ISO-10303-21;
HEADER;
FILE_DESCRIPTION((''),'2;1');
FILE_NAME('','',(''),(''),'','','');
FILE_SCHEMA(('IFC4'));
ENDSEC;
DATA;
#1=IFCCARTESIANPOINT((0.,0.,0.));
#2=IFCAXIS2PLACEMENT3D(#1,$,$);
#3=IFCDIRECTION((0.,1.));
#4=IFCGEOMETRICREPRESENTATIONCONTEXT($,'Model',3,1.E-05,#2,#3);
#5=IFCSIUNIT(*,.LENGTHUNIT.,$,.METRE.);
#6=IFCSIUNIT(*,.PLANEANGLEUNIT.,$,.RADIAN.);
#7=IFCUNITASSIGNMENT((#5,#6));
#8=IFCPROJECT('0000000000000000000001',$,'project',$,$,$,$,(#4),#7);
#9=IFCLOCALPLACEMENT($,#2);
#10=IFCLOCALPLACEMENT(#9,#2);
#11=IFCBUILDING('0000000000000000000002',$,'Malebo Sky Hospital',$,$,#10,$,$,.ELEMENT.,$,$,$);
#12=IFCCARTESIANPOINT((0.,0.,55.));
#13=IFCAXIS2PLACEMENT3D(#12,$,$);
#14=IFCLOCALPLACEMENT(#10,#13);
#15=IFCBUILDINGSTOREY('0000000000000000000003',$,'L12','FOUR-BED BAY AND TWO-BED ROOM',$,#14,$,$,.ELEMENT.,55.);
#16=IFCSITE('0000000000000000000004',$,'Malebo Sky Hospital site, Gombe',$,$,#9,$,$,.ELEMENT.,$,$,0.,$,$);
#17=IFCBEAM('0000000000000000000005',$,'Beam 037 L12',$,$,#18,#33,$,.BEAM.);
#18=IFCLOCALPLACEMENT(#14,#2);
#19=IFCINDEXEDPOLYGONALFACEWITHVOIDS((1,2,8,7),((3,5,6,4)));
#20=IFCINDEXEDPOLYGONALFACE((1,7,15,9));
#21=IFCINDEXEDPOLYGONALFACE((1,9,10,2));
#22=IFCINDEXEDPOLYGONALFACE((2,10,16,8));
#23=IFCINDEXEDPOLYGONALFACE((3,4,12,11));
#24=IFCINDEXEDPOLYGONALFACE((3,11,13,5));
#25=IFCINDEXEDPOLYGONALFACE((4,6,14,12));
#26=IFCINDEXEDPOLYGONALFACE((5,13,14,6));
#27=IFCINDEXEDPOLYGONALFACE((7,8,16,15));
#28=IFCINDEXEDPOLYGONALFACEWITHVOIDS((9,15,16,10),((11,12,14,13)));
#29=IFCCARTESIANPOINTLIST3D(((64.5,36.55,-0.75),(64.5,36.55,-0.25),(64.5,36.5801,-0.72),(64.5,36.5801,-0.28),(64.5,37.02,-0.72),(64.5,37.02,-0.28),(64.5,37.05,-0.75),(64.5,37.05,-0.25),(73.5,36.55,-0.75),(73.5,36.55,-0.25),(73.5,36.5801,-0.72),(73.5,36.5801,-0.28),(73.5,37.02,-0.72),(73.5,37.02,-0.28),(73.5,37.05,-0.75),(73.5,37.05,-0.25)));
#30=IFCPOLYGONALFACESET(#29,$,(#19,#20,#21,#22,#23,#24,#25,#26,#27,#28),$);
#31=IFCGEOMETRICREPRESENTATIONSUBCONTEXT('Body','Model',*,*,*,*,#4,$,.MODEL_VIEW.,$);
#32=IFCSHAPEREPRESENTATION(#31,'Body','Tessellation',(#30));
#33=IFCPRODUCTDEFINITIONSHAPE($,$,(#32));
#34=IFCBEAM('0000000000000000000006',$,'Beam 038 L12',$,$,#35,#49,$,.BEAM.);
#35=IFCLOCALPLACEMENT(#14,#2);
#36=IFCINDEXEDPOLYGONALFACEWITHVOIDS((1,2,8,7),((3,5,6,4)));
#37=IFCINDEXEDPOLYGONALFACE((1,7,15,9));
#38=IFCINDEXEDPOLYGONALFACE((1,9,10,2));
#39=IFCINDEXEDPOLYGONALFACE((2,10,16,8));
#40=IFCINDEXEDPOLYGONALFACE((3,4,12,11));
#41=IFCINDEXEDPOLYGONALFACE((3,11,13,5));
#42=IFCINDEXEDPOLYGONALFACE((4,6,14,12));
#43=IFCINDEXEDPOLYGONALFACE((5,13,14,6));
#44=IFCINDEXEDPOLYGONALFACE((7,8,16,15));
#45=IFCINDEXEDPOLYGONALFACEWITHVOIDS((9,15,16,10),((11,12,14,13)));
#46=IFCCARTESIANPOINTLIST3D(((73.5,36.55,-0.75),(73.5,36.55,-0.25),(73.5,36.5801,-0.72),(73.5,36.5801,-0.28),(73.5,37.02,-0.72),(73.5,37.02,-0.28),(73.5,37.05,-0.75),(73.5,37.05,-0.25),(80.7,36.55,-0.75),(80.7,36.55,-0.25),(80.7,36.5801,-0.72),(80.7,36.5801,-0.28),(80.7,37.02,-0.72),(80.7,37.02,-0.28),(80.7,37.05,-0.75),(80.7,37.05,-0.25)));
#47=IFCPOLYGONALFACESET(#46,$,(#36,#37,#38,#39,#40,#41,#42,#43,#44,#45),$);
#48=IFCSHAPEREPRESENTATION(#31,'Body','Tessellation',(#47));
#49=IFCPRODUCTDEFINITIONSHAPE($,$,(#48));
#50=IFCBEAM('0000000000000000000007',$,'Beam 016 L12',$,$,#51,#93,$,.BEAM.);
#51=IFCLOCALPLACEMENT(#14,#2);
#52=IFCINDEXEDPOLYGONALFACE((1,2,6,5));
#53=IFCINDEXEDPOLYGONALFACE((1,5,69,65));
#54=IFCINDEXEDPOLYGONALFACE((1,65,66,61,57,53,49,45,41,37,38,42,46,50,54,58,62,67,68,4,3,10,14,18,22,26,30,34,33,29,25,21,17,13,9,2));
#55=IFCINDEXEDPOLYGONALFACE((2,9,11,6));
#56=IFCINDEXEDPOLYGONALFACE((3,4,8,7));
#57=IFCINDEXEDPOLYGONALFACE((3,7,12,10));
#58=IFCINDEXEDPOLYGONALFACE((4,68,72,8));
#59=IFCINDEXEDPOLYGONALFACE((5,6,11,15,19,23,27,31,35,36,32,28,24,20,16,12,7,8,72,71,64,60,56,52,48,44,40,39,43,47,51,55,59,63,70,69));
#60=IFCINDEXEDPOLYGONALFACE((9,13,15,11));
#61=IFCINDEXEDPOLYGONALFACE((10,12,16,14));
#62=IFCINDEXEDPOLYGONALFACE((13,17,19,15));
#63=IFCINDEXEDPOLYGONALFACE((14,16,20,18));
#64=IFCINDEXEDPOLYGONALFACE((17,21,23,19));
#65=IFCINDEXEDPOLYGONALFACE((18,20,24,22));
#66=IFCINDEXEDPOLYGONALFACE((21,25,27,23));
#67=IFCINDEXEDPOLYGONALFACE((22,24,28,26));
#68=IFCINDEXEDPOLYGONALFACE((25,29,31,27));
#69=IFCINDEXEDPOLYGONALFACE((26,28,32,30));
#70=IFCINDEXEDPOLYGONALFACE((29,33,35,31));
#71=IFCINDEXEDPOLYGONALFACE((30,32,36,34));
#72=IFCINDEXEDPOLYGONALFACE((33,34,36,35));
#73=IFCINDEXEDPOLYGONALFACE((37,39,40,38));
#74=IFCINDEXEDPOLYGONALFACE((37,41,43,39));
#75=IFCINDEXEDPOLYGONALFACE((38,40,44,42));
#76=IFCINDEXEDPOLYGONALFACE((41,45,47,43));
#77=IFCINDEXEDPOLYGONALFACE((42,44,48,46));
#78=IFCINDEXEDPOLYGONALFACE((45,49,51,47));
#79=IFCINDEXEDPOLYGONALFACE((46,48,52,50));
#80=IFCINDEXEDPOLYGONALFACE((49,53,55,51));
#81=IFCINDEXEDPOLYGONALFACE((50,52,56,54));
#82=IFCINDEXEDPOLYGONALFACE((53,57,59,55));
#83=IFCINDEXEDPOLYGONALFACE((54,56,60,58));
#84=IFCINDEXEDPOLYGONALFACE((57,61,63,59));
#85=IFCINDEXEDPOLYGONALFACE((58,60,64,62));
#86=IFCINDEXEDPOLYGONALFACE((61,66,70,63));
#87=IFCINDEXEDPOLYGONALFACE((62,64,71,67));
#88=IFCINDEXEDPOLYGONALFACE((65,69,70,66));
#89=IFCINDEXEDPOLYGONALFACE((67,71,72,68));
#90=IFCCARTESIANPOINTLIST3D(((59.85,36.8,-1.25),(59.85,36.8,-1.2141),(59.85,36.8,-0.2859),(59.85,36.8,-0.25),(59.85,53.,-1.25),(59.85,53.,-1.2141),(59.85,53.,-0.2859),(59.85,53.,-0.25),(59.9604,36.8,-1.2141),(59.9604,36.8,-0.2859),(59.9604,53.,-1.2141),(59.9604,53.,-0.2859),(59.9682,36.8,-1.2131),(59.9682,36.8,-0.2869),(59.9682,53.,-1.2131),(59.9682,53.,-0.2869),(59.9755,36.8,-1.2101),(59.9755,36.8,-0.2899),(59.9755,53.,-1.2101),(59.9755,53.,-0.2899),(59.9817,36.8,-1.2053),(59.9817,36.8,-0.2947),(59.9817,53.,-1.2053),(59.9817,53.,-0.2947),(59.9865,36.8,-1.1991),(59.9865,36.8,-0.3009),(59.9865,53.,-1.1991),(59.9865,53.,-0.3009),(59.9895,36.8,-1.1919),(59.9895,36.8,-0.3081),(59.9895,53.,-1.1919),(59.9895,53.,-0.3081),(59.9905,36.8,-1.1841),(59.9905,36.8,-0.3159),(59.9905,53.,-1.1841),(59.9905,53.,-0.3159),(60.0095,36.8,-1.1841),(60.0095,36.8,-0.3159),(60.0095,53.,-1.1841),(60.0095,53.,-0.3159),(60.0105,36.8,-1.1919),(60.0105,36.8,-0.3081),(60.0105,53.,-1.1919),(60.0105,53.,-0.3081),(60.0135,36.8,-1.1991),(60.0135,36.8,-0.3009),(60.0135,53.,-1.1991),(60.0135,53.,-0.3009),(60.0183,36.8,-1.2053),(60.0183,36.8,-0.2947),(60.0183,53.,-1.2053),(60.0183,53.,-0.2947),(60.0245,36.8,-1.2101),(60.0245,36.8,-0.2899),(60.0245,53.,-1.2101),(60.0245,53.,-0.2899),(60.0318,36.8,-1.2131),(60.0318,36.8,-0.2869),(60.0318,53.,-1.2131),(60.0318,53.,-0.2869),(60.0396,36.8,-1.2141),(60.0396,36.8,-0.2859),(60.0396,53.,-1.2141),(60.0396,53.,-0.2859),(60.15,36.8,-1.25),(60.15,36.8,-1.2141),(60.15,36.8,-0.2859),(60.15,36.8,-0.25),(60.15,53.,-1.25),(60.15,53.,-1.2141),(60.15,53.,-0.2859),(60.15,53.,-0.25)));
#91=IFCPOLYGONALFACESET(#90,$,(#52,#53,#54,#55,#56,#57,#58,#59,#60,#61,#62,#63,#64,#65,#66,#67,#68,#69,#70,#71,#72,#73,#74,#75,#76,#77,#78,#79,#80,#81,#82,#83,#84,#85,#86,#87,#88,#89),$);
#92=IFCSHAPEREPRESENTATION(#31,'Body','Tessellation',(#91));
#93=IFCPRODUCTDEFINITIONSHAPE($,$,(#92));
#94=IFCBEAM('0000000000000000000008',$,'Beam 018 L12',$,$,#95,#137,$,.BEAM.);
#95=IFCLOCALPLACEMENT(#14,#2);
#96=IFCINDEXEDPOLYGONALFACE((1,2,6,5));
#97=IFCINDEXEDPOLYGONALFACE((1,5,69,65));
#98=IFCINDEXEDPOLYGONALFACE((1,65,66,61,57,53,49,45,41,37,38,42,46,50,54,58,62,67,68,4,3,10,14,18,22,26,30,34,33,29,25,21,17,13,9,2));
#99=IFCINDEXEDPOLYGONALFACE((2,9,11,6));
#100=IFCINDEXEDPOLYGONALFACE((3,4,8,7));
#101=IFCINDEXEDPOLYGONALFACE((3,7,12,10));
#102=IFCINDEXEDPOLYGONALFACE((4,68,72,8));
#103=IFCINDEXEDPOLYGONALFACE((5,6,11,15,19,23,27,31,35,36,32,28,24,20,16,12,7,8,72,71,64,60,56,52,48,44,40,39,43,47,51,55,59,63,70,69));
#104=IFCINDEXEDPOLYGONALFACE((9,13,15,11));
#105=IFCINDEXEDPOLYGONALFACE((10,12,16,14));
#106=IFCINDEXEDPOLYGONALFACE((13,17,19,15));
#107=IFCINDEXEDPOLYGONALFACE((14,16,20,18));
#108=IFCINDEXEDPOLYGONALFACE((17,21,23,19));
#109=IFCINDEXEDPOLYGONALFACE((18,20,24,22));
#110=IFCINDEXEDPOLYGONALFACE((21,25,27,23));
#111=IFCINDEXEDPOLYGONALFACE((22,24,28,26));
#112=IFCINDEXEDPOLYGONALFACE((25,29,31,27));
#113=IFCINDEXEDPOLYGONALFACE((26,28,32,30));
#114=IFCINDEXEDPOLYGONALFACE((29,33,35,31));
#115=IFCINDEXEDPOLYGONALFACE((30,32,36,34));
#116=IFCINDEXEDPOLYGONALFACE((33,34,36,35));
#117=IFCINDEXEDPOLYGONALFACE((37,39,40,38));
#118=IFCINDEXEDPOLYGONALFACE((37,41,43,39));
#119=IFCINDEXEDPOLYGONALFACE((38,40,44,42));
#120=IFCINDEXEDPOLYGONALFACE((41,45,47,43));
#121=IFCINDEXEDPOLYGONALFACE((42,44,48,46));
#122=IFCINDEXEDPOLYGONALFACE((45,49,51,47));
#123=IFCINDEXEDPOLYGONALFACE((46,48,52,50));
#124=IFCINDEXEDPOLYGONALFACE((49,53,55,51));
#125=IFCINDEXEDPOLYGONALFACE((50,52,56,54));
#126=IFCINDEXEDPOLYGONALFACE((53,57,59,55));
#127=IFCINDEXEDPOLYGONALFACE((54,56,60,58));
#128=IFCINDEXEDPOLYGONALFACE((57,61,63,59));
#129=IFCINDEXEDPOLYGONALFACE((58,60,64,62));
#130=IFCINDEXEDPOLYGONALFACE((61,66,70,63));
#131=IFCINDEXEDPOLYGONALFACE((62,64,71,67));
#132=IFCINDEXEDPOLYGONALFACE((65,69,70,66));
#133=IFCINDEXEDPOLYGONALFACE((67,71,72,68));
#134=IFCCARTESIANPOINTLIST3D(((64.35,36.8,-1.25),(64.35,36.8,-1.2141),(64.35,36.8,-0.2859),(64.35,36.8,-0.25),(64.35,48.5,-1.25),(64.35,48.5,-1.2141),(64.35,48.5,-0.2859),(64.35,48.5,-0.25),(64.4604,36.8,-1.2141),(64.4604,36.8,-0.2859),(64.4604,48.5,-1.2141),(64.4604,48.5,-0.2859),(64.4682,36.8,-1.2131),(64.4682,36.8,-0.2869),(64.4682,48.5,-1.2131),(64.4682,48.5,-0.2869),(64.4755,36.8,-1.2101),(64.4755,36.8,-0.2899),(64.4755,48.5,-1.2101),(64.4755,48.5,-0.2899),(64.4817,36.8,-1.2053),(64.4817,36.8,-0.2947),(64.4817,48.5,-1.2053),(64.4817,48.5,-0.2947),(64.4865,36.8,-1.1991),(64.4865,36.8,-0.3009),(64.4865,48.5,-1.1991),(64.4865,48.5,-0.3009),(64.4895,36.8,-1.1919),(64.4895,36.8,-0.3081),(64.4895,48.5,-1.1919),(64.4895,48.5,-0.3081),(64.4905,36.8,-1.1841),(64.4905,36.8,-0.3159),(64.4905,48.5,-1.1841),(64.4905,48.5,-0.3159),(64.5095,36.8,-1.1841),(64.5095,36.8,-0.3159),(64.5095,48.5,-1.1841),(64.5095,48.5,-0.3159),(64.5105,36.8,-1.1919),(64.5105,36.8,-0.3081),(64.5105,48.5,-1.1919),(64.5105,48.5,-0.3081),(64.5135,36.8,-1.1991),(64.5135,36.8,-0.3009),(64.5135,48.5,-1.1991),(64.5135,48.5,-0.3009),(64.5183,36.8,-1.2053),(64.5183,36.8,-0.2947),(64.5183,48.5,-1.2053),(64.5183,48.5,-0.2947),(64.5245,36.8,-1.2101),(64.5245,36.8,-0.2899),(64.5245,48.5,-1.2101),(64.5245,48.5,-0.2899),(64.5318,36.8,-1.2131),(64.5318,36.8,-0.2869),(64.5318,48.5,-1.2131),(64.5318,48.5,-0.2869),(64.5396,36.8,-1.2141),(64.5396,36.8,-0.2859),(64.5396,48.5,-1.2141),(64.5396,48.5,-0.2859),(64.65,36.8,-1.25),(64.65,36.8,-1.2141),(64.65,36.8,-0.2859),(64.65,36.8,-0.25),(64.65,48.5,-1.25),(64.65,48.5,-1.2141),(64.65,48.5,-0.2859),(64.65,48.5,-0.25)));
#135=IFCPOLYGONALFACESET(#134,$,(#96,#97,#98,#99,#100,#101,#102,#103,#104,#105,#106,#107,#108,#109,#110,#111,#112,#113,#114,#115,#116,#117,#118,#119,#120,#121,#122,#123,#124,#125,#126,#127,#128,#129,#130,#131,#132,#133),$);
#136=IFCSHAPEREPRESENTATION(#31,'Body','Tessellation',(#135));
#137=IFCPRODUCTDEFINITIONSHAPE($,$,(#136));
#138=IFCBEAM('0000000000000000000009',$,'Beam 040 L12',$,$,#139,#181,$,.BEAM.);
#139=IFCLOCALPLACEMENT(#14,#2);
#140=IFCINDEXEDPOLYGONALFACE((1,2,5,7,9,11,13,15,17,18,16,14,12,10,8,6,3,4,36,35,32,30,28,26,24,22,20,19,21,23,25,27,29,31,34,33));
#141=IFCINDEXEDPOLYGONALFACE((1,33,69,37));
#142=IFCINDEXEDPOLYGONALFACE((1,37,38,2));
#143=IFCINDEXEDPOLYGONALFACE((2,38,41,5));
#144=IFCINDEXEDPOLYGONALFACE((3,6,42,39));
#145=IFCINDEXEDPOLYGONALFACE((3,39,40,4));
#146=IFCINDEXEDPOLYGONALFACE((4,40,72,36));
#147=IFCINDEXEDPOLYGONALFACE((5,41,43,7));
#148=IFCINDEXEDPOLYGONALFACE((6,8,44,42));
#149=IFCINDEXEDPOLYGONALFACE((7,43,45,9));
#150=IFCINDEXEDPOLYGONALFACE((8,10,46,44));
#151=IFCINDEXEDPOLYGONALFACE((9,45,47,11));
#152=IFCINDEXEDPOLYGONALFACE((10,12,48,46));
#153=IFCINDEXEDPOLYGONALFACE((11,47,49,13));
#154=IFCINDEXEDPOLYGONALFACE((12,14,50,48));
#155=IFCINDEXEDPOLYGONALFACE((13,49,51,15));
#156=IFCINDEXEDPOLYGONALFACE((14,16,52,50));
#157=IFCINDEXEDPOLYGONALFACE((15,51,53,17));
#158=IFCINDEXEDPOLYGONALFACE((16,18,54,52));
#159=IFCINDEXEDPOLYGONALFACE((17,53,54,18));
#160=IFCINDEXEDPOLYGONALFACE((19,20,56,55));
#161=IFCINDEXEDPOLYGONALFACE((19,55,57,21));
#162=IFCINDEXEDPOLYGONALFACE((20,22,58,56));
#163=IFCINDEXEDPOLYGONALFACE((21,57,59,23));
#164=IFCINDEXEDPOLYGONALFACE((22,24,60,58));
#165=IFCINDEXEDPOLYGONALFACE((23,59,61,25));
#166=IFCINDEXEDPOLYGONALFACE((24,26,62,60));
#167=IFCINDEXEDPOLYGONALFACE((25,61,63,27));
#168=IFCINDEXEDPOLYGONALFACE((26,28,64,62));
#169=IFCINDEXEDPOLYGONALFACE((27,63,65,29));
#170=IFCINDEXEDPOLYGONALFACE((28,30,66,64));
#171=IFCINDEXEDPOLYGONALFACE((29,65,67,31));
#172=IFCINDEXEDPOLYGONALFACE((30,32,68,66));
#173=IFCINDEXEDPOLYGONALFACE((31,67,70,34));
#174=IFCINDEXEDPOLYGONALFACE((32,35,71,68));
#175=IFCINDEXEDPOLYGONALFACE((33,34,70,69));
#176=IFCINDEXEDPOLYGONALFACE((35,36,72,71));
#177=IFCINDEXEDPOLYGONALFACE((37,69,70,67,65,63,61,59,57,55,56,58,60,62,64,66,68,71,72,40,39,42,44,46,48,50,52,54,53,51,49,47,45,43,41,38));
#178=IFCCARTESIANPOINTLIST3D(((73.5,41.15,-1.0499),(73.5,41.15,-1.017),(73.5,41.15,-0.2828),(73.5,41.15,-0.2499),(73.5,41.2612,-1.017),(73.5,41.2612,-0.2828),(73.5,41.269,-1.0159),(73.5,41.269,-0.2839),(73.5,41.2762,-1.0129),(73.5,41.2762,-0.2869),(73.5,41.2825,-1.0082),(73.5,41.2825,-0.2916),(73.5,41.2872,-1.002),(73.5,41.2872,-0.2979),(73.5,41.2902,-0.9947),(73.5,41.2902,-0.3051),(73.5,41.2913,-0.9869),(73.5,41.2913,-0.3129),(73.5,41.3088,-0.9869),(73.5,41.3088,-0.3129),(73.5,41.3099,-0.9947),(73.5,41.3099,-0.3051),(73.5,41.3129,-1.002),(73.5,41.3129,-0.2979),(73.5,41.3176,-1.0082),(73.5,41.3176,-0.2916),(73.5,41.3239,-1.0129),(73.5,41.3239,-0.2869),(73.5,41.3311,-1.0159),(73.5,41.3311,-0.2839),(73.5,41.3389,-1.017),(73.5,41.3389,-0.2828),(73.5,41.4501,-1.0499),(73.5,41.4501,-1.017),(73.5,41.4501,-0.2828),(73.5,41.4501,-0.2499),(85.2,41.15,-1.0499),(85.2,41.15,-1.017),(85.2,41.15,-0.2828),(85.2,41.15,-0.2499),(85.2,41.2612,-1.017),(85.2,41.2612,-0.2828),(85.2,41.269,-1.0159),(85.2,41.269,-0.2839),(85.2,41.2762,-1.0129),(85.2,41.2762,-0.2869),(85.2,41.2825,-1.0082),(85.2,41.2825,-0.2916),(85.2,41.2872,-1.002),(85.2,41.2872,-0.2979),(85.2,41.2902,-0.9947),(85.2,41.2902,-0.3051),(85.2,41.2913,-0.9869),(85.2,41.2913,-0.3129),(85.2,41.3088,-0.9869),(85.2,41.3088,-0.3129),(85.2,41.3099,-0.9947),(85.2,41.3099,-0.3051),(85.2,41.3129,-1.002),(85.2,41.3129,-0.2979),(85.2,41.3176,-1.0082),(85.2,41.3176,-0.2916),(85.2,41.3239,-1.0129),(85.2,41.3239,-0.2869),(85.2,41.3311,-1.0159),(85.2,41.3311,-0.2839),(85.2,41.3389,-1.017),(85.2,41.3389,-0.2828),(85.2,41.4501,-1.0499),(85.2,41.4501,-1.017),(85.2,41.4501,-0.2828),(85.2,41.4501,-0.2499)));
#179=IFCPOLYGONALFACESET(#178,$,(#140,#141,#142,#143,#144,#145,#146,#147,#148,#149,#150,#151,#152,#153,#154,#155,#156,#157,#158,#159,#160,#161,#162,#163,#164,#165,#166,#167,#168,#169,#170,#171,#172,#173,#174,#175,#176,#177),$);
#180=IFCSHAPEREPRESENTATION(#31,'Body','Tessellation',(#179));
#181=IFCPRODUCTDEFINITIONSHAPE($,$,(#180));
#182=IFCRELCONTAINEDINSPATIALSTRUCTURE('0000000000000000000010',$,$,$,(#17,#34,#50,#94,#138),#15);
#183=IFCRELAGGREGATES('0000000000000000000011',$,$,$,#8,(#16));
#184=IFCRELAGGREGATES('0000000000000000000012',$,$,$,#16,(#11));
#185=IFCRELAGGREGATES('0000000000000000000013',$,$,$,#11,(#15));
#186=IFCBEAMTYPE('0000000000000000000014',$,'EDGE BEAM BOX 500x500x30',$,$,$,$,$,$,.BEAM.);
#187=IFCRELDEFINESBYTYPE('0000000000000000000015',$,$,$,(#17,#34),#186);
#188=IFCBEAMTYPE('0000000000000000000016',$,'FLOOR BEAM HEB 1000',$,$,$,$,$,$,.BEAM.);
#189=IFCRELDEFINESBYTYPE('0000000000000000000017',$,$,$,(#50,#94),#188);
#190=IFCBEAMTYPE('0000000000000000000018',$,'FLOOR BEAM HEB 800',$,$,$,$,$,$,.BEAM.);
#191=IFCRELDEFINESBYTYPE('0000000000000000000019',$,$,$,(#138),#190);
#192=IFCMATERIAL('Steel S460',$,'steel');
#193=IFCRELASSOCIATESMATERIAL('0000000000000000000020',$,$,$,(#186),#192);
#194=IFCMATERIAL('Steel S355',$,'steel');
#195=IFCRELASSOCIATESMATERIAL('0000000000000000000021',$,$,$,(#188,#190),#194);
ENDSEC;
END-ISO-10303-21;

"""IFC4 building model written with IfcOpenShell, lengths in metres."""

from ifc_helpers import new_model, si_unit, direction, frame, origin, origin_2d, place, context, subcontext, project, spatial, hollow_rectangle, i_section, extrude, material, material_profile, profile_set, type_object, element, save


model = new_model("IFC4")

# Units and contexts
model_context = context("Model", 3, precision=1e-05, world=origin(), true_north=direction((0.0, 1.0)))
body_context = subcontext(model_context, "Body", "Model", "MODEL_VIEW")
ifc_project = project(units=[si_unit("LENGTHUNIT", "METRE"), si_unit("PLANEANGLEUNIT", "RADIAN")], contexts=[model_context])

# Site, building, storey
site_placement = place(None, origin())
site = spatial("IfcSite", under=ifc_project, at=site_placement, Name="Malebo Sky Hospital site, Gombe", CompositionType="ELEMENT", RefElevation=0.0)
building_placement = place(site_placement, origin())
building = spatial("IfcBuilding", under=site, at=building_placement, Name="Malebo Sky Hospital", CompositionType="ELEMENT")
storey_placement = place(building_placement, frame((0.0, 0.0, 55.0)))
storey = spatial("IfcBuildingStorey", under=building, at=storey_placement, Name="L12", Description="FOUR-BED BAY AND TWO-BED ROOM", CompositionType="ELEMENT", Elevation=55.0)

# Shared definitions
ifc_material_1 = material(Name="Steel S460", Category="steel")

# Shared definitions
ifc_material_2 = material(Name="Steel S355", Category="steel")

# Beams
ifc_material_profile_1 = material_profile(ifc_material_1, hollow_rectangle(XDim=0.5, YDim=0.5, WallThickness=0.03, at=origin_2d()), Name="BOX 500x500x30")
ifc_profile_set_1 = profile_set([ifc_material_profile_1], Name="Steel S460")
beam_type_1 = type_object("IfcBeamType", Name="EDGE BEAM BOX 500x500x30", PredefinedType="BEAM", material=ifc_profile_set_1)
beam_1_placement = place(storey_placement, frame((64.5, 36.8, -0.5), z_axis=(1.0, 0.0, 0.0), x_axis=(0.0, 1.0, 0.0)))
element("IfcBeam", 1, at=beam_1_placement, inside=storey, type_object=beam_type_1, Name="Beam 037 L12", PredefinedType="BEAM", context=body_context, shape_type="SweptSolid", body=[
    extrude(hollow_rectangle(XDim=0.5, YDim=0.5, WallThickness=0.03, at=origin_2d()), origin(), (0.0, 0.0, 1.0), 9.0),
])
beam_2_placement = place(storey_placement, frame((73.5, 36.8, -0.5), z_axis=(1.0, 0.0, 0.0), x_axis=(0.0, 1.0, 0.0)))
element("IfcBeam", 2, at=beam_2_placement, inside=storey, type_object=beam_type_1, Name="Beam 038 L12", PredefinedType="BEAM", context=body_context, shape_type="SweptSolid", body=[
    extrude(hollow_rectangle(XDim=0.5, YDim=0.5, WallThickness=0.03, at=origin_2d()), origin(), (0.0, 0.0, 1.0), 7.2),
])
ifc_material_profile_2 = material_profile(ifc_material_2, i_section(OverallWidth=0.3, OverallDepth=1.0, WebThickness=0.019, FlangeThickness=0.0359, FilletRadius=0.03, at=origin_2d()), Name="HEB 1000")
ifc_profile_set_2 = profile_set([ifc_material_profile_2], Name="Steel S355")
beam_type_2 = type_object("IfcBeamType", Name="FLOOR BEAM HEB 1000", PredefinedType="BEAM", material=ifc_profile_set_2)
beam_3_placement = place(storey_placement, frame((60.0, 36.8, -0.75), z_axis=(0.0, 1.0, 0.0), x_axis=(-1.0, 0.0, 0.0)))
element("IfcBeam", 3, at=beam_3_placement, inside=storey, type_object=beam_type_2, Name="Beam 016 L12", PredefinedType="BEAM", context=body_context, shape_type="SweptSolid", body=[
    extrude(i_section(OverallWidth=0.3, OverallDepth=1.0, WebThickness=0.019, FlangeThickness=0.0359, FilletRadius=0.03, at=origin_2d()), origin(), (0.0, 0.0, 1.0), 16.2),
])
beam_4_placement = place(storey_placement, frame((64.5, 36.8, -0.75), z_axis=(0.0, 1.0, 0.0), x_axis=(-1.0, 0.0, 0.0)))
element("IfcBeam", 4, at=beam_4_placement, inside=storey, type_object=beam_type_2, Name="Beam 018 L12", PredefinedType="BEAM", context=body_context, shape_type="SweptSolid", body=[
    extrude(i_section(OverallWidth=0.3, OverallDepth=1.0, WebThickness=0.019, FlangeThickness=0.0359, FilletRadius=0.03, at=origin_2d()), origin(), (0.0, 0.0, 1.0), 11.7),
])
ifc_material_profile_3 = material_profile(ifc_material_2, i_section(OverallWidth=0.3, OverallDepth=0.8, WebThickness=0.0176, FlangeThickness=0.033, FilletRadius=0.03, at=origin_2d()), Name="HEB 800")
ifc_profile_set_3 = profile_set([ifc_material_profile_3], Name="Steel S355")
beam_type_3 = type_object("IfcBeamType", Name="FLOOR BEAM HEB 800", PredefinedType="BEAM", material=ifc_profile_set_3)
beam_5_placement = place(storey_placement, frame((73.5, 41.3, -0.6499), z_axis=(1.0, 0.0, 0.0), x_axis=(0.0, 1.0, 0.0)))
element("IfcBeam", 5, at=beam_5_placement, inside=storey, type_object=beam_type_3, Name="Beam 040 L12", PredefinedType="BEAM", context=body_context, shape_type="SweptSolid", body=[
    extrude(i_section(OverallWidth=0.3, OverallDepth=0.8, WebThickness=0.0176, FlangeThickness=0.033, FilletRadius=0.03, at=origin_2d()), origin(), (0.0, 0.0, 1.0), 11.7),
])

save(model, "model.ifc")
